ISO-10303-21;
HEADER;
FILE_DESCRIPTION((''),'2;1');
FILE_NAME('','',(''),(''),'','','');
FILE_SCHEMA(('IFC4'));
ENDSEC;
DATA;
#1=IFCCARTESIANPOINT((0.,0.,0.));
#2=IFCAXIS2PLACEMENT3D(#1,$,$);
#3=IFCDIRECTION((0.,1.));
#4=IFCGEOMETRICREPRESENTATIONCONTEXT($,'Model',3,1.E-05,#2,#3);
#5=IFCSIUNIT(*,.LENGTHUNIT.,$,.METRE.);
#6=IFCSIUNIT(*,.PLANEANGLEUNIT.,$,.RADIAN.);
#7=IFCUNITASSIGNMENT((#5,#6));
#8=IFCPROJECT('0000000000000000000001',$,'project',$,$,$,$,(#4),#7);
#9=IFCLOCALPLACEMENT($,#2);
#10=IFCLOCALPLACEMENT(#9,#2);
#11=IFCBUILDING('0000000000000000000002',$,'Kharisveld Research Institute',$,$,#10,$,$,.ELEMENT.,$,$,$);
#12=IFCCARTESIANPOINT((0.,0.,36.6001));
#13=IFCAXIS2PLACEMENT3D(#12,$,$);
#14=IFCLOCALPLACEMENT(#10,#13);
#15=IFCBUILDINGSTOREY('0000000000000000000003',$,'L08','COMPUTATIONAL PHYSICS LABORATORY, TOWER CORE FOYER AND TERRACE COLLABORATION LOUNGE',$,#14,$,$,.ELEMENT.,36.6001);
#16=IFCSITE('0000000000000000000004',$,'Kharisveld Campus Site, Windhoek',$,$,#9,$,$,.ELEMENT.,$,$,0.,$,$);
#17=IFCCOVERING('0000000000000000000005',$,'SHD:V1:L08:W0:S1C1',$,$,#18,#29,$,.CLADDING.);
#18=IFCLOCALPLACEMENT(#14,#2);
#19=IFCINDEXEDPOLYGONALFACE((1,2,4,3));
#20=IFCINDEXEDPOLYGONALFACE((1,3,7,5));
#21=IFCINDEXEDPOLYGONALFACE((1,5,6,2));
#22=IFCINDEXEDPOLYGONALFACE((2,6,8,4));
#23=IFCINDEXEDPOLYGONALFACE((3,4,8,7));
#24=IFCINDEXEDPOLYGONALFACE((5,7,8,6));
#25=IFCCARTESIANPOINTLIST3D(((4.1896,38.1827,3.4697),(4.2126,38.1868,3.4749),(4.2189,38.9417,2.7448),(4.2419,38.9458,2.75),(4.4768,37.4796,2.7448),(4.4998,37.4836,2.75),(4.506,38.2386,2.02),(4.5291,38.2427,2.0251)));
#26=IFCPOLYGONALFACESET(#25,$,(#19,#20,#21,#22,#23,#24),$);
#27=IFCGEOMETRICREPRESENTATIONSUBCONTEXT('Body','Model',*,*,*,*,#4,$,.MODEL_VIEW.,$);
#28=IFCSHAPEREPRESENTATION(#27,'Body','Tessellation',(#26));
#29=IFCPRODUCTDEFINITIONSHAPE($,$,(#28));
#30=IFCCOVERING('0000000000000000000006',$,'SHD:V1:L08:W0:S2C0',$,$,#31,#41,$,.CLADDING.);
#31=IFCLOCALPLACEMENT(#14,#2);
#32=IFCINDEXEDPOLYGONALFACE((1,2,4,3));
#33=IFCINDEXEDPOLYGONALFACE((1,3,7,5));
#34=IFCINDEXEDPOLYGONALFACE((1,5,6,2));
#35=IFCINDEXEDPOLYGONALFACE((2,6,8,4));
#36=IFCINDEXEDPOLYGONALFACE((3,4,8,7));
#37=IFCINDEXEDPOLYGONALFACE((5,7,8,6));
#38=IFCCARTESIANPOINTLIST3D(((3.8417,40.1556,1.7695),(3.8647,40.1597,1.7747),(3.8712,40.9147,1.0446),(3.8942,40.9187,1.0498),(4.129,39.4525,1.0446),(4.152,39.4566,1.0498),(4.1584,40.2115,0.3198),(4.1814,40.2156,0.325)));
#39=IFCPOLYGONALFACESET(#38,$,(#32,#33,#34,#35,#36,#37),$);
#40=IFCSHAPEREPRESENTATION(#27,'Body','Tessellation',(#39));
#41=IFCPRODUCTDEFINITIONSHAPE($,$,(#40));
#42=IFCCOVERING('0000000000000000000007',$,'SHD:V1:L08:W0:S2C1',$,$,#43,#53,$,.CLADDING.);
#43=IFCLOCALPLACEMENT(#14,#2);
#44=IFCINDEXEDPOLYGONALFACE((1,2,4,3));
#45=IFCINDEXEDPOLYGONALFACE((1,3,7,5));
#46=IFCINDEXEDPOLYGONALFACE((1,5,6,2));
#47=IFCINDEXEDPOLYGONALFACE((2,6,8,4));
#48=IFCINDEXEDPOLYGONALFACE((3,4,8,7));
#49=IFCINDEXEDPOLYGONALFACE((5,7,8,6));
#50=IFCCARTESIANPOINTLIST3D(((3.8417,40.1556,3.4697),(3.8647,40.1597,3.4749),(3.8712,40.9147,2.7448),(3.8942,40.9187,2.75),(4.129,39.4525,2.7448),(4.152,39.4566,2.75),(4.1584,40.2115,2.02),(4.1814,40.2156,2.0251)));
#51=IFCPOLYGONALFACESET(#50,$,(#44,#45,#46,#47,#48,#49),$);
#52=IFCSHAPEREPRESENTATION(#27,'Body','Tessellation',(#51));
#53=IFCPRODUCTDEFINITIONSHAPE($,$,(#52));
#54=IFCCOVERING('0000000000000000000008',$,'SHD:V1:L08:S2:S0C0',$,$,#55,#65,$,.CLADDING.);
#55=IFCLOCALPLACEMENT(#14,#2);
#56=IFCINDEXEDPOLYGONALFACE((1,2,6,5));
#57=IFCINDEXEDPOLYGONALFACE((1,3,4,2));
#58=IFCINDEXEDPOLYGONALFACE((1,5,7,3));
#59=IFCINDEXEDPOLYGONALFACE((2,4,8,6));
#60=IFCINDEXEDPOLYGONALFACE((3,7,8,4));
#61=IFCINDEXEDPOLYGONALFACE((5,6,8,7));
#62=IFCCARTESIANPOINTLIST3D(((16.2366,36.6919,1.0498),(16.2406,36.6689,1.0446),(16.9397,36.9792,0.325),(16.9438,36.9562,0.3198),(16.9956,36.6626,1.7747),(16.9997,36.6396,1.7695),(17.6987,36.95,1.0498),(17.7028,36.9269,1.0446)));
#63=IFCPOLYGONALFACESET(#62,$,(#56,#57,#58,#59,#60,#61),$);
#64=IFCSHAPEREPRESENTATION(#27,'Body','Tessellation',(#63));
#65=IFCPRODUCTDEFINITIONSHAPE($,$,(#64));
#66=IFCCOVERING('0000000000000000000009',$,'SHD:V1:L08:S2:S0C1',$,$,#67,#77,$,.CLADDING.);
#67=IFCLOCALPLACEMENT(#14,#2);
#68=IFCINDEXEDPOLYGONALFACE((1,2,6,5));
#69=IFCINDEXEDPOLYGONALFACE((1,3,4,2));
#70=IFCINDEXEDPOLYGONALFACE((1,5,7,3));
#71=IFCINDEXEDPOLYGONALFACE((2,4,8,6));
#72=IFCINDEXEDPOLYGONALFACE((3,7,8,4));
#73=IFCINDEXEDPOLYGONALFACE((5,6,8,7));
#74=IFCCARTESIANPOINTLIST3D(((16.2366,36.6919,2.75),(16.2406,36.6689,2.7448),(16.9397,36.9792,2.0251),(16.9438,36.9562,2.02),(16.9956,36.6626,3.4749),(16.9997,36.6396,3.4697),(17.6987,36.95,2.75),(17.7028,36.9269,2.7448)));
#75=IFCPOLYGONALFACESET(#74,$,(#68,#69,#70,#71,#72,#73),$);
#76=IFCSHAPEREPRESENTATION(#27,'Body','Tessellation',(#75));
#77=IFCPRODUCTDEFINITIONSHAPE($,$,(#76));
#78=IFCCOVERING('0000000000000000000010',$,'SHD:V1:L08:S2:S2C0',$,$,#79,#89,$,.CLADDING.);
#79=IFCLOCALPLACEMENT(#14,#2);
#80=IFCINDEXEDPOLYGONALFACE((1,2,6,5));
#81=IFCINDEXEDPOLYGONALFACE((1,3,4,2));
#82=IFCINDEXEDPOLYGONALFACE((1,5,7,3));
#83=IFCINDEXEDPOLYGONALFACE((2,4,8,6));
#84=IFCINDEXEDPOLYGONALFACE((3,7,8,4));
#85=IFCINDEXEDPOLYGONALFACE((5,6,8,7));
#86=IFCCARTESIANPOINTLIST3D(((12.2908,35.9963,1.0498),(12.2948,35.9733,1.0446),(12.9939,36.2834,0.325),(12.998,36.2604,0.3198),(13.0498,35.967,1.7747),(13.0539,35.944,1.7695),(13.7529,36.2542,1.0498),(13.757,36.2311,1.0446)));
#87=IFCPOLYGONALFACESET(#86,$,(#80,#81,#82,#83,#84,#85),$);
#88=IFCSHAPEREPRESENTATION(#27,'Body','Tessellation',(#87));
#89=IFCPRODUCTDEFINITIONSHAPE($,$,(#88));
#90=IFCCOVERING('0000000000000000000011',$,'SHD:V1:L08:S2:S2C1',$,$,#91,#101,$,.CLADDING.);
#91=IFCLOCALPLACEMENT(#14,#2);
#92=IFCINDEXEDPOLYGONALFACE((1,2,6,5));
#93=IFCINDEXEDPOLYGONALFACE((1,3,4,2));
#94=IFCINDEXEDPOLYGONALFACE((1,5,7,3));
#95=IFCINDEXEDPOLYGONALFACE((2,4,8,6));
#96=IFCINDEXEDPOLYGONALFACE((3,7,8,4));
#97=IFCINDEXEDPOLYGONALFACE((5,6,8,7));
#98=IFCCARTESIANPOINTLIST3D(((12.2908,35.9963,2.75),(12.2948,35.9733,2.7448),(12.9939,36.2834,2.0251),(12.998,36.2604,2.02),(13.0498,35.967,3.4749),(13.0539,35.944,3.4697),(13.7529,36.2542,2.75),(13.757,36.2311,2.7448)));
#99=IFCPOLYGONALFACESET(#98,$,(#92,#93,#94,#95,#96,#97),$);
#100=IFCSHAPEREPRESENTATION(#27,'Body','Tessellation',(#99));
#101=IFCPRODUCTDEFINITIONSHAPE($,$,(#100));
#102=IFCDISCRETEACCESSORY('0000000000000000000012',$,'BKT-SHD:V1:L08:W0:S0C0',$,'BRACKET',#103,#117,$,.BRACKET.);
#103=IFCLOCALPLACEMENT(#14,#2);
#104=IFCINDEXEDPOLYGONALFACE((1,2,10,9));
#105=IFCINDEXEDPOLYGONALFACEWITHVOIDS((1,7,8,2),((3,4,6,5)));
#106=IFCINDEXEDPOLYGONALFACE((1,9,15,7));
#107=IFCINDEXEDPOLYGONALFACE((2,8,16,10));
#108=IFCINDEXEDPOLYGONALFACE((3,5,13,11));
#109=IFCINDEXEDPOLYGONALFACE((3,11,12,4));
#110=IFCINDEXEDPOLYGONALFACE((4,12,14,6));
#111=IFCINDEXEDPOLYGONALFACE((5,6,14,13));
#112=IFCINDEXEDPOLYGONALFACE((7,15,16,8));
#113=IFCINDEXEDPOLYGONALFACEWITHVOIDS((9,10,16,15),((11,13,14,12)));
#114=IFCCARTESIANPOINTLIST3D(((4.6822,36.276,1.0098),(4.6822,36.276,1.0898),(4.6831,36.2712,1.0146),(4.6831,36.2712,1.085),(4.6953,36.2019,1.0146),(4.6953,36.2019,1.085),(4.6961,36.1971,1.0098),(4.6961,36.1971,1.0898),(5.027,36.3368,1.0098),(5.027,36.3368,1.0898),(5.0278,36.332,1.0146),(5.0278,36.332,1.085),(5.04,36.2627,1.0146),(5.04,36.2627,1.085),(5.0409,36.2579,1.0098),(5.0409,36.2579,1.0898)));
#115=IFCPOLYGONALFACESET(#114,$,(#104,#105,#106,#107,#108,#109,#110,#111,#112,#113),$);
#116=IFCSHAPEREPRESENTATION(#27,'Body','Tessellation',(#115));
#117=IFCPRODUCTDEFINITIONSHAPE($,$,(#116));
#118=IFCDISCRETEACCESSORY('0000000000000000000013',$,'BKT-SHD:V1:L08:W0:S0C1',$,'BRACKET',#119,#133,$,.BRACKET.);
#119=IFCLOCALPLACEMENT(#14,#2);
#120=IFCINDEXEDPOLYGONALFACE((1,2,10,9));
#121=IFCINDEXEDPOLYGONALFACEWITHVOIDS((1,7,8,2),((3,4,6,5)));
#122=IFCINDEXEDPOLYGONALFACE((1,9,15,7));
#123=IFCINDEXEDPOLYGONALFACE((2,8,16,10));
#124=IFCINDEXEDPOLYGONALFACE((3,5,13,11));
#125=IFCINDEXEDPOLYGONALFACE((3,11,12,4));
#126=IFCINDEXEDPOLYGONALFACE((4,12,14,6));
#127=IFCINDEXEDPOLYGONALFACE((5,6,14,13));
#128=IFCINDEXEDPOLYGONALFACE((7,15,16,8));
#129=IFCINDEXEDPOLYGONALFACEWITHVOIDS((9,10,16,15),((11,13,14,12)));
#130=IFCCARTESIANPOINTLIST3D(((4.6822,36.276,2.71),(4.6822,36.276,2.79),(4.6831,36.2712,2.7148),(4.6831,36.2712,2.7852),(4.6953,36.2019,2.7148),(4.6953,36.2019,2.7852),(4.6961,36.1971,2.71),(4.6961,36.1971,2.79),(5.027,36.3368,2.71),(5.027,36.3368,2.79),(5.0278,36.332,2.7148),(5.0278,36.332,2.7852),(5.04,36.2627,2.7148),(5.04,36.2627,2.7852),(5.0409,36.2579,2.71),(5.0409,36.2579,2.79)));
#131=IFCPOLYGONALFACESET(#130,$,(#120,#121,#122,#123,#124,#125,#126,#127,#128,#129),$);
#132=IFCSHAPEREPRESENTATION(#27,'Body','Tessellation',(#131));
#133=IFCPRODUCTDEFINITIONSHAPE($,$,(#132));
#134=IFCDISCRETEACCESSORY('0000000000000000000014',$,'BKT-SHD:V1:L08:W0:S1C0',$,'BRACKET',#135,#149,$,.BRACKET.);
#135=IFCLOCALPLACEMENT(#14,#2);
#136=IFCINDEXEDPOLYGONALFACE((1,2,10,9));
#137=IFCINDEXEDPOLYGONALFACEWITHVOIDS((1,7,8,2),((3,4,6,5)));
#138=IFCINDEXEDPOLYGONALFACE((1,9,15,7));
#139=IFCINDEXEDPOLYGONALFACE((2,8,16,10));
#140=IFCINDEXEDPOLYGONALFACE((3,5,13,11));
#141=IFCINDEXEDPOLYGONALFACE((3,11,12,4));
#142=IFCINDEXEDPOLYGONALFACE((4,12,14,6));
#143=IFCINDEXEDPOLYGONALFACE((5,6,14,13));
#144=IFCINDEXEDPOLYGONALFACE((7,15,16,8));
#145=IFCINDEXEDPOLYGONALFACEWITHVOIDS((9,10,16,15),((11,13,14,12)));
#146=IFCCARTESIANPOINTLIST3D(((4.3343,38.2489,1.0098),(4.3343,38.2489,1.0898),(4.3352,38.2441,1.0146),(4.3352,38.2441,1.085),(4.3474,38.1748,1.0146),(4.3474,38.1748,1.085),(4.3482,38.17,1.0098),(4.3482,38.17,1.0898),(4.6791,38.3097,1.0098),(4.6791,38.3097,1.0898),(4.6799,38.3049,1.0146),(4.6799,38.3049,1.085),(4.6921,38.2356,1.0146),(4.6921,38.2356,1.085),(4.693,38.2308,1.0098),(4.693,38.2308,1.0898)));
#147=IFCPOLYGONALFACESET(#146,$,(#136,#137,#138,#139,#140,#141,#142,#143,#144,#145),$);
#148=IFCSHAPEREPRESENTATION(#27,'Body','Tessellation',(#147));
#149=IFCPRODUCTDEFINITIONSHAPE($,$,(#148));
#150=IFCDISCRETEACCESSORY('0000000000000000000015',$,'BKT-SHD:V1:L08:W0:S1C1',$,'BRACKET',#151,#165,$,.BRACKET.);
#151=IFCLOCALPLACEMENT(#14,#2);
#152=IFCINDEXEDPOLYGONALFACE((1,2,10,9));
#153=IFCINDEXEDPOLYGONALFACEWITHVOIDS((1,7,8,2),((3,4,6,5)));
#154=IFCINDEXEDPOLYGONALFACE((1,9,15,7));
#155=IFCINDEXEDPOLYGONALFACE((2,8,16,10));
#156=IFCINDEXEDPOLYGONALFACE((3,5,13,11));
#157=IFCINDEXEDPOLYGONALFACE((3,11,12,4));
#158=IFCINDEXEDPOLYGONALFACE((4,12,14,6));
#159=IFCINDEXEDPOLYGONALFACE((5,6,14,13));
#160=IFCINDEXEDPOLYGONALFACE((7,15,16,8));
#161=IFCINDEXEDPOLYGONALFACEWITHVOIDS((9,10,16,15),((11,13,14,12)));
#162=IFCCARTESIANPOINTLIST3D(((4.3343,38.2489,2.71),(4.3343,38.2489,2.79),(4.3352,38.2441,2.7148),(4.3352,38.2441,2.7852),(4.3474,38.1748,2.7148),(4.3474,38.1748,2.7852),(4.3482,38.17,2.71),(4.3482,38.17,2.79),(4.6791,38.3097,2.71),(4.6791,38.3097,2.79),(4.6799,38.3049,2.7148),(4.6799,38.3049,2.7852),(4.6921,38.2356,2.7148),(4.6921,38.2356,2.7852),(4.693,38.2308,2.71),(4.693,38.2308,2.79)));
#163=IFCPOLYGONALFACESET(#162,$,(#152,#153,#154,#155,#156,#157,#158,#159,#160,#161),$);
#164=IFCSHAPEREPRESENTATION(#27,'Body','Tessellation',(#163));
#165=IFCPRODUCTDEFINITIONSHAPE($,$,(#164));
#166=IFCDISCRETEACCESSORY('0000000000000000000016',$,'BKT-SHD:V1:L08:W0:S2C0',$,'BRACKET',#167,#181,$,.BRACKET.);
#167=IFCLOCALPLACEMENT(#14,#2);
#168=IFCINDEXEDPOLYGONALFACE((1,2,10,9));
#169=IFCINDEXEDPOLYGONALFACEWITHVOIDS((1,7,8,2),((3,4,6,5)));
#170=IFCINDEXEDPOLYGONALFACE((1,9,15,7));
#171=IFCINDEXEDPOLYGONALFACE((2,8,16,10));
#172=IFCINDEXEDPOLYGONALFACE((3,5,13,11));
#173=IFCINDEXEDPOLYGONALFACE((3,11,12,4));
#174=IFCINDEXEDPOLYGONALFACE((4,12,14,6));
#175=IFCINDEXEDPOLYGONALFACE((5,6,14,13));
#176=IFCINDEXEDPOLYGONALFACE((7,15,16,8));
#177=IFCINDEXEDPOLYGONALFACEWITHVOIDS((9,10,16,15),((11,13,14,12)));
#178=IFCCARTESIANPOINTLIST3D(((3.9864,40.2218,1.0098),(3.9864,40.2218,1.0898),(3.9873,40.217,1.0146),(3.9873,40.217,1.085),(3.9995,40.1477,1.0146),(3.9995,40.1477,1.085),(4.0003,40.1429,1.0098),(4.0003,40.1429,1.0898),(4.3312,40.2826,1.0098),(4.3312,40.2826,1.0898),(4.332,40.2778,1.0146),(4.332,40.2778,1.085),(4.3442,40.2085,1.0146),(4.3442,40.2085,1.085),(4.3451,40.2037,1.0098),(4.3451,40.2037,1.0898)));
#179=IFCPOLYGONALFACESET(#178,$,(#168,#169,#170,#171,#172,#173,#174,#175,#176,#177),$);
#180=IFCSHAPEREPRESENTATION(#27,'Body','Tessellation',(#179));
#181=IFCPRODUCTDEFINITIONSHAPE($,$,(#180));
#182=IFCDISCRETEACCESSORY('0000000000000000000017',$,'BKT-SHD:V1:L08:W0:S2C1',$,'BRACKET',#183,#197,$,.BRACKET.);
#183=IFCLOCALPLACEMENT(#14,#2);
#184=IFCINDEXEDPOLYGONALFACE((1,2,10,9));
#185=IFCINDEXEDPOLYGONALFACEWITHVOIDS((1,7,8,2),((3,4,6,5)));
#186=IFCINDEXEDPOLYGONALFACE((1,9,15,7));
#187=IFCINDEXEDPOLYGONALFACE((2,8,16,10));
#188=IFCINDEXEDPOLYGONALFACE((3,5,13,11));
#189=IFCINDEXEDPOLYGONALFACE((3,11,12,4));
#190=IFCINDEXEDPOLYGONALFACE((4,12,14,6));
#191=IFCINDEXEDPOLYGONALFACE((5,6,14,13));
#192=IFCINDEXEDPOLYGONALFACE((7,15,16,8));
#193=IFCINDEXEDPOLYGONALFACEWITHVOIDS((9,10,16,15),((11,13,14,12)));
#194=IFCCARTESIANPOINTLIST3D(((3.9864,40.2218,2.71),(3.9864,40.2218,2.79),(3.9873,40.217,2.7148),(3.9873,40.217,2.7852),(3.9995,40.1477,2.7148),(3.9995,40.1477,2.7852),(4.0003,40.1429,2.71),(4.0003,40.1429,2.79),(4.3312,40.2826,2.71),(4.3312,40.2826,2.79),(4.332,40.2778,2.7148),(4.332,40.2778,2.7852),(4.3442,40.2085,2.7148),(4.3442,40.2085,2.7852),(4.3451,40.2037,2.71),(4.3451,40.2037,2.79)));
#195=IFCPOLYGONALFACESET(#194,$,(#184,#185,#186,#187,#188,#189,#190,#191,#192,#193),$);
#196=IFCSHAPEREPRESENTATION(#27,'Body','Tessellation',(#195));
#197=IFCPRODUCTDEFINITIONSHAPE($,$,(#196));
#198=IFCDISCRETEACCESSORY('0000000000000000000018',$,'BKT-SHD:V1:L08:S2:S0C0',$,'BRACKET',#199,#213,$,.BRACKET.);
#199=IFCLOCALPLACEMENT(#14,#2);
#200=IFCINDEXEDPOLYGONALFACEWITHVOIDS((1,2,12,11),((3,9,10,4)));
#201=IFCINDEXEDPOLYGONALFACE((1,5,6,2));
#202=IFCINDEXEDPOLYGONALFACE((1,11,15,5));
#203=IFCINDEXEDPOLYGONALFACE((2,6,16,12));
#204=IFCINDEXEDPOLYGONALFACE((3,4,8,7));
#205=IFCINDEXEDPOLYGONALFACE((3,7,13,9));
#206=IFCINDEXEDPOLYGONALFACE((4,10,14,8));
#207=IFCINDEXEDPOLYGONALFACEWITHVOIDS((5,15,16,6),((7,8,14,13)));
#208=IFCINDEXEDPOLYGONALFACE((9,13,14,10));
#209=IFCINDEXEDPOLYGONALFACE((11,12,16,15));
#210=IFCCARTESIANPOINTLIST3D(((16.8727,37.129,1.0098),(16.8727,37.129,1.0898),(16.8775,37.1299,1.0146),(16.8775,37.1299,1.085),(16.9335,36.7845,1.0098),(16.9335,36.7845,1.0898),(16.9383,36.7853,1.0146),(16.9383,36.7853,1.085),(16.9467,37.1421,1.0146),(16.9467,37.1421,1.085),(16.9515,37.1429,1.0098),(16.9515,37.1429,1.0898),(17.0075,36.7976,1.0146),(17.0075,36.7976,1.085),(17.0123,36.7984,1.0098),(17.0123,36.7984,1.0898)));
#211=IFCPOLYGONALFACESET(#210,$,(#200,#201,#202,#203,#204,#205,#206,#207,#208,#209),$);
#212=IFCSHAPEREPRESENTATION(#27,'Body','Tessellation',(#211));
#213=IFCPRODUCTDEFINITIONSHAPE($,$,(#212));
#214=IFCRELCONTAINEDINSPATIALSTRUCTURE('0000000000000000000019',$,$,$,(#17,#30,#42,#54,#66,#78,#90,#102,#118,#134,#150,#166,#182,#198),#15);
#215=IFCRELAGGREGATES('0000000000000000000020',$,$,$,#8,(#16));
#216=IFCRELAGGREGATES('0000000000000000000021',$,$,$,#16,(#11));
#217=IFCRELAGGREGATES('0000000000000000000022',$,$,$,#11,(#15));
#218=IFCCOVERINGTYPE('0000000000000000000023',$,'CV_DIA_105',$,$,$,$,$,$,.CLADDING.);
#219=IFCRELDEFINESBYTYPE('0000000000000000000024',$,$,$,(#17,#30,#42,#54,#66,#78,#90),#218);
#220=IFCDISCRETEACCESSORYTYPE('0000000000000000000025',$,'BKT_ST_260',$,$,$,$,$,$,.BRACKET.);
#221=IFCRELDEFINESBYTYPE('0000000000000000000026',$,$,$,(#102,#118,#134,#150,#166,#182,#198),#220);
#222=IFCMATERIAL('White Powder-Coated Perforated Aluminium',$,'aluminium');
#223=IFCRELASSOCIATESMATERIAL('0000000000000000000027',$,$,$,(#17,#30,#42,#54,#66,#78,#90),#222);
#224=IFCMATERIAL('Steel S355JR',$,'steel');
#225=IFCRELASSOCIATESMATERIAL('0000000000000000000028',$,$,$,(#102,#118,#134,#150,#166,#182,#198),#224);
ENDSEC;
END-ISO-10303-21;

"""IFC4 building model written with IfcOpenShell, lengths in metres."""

from ifc_helpers import new_model, si_unit, direction, frame, origin, origin_2d, place, context, subcontext, project, spatial, polyline, hollow_rectangle, outline, extrude, material, type_object, element, save


model = new_model("IFC4")

# Units and contexts
model_context = context("Model", 3, precision=1e-05, world=origin(), true_north=direction((0.0, 1.0)))
body_context = subcontext(model_context, "Body", "Model", "MODEL_VIEW")
ifc_project = project(units=[si_unit("LENGTHUNIT", "METRE"), si_unit("PLANEANGLEUNIT", "RADIAN")], contexts=[model_context])

# Site, building, storey
site_placement = place(None, origin())
site = spatial("IfcSite", under=ifc_project, at=site_placement, Name="Kharisveld Campus Site, Windhoek", CompositionType="ELEMENT", RefElevation=0.0)
building_placement = place(site_placement, origin())
building = spatial("IfcBuilding", under=site, at=building_placement, Name="Kharisveld Research Institute", CompositionType="ELEMENT")
storey_placement = place(building_placement, frame((0.0, 0.0, 36.6001)))
storey = spatial("IfcBuildingStorey", under=building, at=storey_placement, Name="L08", Description="COMPUTATIONAL PHYSICS LABORATORY, TOWER CORE FOYER AND TERRACE COLLABORATION LOUNGE", CompositionType="ELEMENT", Elevation=36.6001)

# Coverings
ifc_material_1 = material(Name="White Powder-Coated Perforated Aluminium", Category="aluminium")
covering_type = type_object("IfcCoveringType", Name="CV_DIA_105", PredefinedType="CLADDING")
for number, where, z_axis, x_axis, name in (
    (1, (4.5291, 38.2427, 2.0251), (0.961476, 0.169531, 0.216385), (-0.273471, 0.669725, 0.690421), "SHD:V1:L08:W0:S1C1"),
):
    element("IfcCovering", number, at=place(storey_placement, frame(where, z_axis=z_axis, x_axis=x_axis)), inside=storey, type_object=covering_type, material=ifc_material_1, Name=name, PredefinedType="CLADDING", context=body_context, shape_type="SweptSolid", body=[
        extrude(outline(polyline([(0.0, 0.0), (1.0499, 0.0), (1.05, 1.05), (0.0001, 1.05), (0.0, 0.0)])), origin(), (0.0, 0.0, -1.0), 0.0239),
    ])
for number, where, z_axis, x_axis, name in (
    (2, (4.1814, 40.2156, 0.325), (0.961443, 0.169525, 0.21654), (-0.273579, 0.669701, 0.690402), "SHD:V1:L08:W0:S2C0"),
    (3, (4.1814, 40.2156, 2.0251), (0.961443, 0.169525, 0.21654), (-0.273579, 0.669701, 0.690402), "SHD:V1:L08:W0:S2C1"),
):
    element("IfcCovering", number, at=place(storey_placement, frame(where, z_axis=z_axis, x_axis=x_axis)), inside=storey, type_object=covering_type, material=ifc_material_1, Name=name, PredefinedType="CLADDING", context=body_context, shape_type="SweptSolid", body=[
        extrude(outline(polyline([(0.0, 0.0), (1.0499, 0.0), (1.0501, 1.05), (0.0002, 1.05), (0.0, 0.0)])), origin(), (0.0, 0.0, -1.0), 0.0239),
    ])
for number, where, z_axis, x_axis, name in (
    (4, (16.9397, 36.9792, 0.325), (-0.16968, 0.961415, 0.21654), (-0.669683, -0.273686, 0.690378), "SHD:V1:L08:S2:S0C0"),
    (5, (16.9397, 36.9792, 2.0251), (-0.16968, 0.961415, 0.21654), (-0.669683, -0.273686, 0.690378), "SHD:V1:L08:S2:S0C1"),
):
    element("IfcCovering", number, at=place(storey_placement, frame(where, z_axis=z_axis, x_axis=x_axis)), inside=storey, type_object=covering_type, material=ifc_material_1, Name=name, PredefinedType="CLADDING", context=body_context, shape_type="SweptSolid", body=[
        extrude(outline(polyline([(0.0, 0.0), (1.0499, 0.0), (1.0501, 1.05), (0.0001, 1.05), (0.0, 0.0)])), origin(), (0.0, 0.0, -1.0), 0.0239),
    ])
for number, where, z_axis, x_axis, name in (
    (6, (12.9939, 36.2834, 0.325), (-0.169531, 0.961476, 0.216385), (-0.669725, -0.273471, 0.690421), "SHD:V1:L08:S2:S2C0"),
    (7, (12.9939, 36.2834, 2.0251), (-0.169531, 0.961476, 0.216385), (-0.669725, -0.273471, 0.690421), "SHD:V1:L08:S2:S2C1"),
):
    element("IfcCovering", number, at=place(storey_placement, frame(where, z_axis=z_axis, x_axis=x_axis)), inside=storey, type_object=covering_type, material=ifc_material_1, Name=name, PredefinedType="CLADDING", context=body_context, shape_type="SweptSolid", body=[
        extrude(outline(polyline([(0.0, 0.0), (1.0499, 0.0), (1.05, 1.05), (0.0001, 1.05), (0.0, 0.0)])), origin(), (0.0, 0.0, -1.0), 0.0239),
    ])

# Discrete accessories
ifc_material_2 = material(Name="Steel S355JR", Category="steel")
discrete_accessory_type = type_object("IfcDiscreteAccessoryType", Name="BKT_ST_260", PredefinedType="BRACKET")
for number, where, z_axis, x_axis, name in (
    (8, (5.0339, 36.2974, 1.0498), (-0.984805, -0.173666, 0.0), (0.173666, -0.984805, 0.0), "BKT-SHD:V1:L08:W0:S0C0"),
    (9, (5.0339, 36.2974, 2.75), (-0.984805, -0.173666, 0.0), (0.173666, -0.984805, 0.0), "BKT-SHD:V1:L08:W0:S0C1"),
    (10, (4.686, 38.2703, 1.0498), (-0.984805, -0.173666, 0.0), (0.173666, -0.984805, 0.0), "BKT-SHD:V1:L08:W0:S1C0"),
    (11, (4.686, 38.2703, 2.75), (-0.984805, -0.173666, 0.0), (0.173666, -0.984805, 0.0), "BKT-SHD:V1:L08:W0:S1C1"),
    (12, (4.3381, 40.2432, 1.0498), (-0.984805, -0.173666, 0.0), (0.173666, -0.984805, 0.0), "BKT-SHD:V1:L08:W0:S2C0"),
    (13, (4.3381, 40.2432, 2.75), (-0.984805, -0.173666, 0.0), (0.173666, -0.984805, 0.0), "BKT-SHD:V1:L08:W0:S2C1"),
):
    element("IfcDiscreteAccessory", number, at=place(storey_placement, frame(where, z_axis=z_axis, x_axis=x_axis)), inside=storey, type_object=discrete_accessory_type, material=ifc_material_2, Name=name, ObjectType="BRACKET", PredefinedType="BRACKET", context=body_context, shape_type="SweptSolid", body=[
        extrude(hollow_rectangle(XDim=0.0801, YDim=0.0801, WallThickness=0.0049, at=origin_2d()), origin(), (0.0, 0.0, 1.0), 0.3501),
    ])
for number, where, z_axis, x_axis, name in (
    (14, (16.9121, 37.136, 1.0498), (0.173785, -0.984784, 0.0), (0.984784, 0.173785, 0.0), "BKT-SHD:V1:L08:S2:S0C0"),
):
    element("IfcDiscreteAccessory", number, at=place(storey_placement, frame(where, z_axis=z_axis, x_axis=x_axis)), inside=storey, type_object=discrete_accessory_type, material=ifc_material_2, Name=name, ObjectType="BRACKET", PredefinedType="BRACKET", context=body_context, shape_type="SweptSolid", body=[
        extrude(hollow_rectangle(XDim=0.0801, YDim=0.0801, WallThickness=0.0049, at=origin_2d()), origin(), (0.0, 0.0, 1.0), 0.3499),
    ])

save(model, "model.ifc")
